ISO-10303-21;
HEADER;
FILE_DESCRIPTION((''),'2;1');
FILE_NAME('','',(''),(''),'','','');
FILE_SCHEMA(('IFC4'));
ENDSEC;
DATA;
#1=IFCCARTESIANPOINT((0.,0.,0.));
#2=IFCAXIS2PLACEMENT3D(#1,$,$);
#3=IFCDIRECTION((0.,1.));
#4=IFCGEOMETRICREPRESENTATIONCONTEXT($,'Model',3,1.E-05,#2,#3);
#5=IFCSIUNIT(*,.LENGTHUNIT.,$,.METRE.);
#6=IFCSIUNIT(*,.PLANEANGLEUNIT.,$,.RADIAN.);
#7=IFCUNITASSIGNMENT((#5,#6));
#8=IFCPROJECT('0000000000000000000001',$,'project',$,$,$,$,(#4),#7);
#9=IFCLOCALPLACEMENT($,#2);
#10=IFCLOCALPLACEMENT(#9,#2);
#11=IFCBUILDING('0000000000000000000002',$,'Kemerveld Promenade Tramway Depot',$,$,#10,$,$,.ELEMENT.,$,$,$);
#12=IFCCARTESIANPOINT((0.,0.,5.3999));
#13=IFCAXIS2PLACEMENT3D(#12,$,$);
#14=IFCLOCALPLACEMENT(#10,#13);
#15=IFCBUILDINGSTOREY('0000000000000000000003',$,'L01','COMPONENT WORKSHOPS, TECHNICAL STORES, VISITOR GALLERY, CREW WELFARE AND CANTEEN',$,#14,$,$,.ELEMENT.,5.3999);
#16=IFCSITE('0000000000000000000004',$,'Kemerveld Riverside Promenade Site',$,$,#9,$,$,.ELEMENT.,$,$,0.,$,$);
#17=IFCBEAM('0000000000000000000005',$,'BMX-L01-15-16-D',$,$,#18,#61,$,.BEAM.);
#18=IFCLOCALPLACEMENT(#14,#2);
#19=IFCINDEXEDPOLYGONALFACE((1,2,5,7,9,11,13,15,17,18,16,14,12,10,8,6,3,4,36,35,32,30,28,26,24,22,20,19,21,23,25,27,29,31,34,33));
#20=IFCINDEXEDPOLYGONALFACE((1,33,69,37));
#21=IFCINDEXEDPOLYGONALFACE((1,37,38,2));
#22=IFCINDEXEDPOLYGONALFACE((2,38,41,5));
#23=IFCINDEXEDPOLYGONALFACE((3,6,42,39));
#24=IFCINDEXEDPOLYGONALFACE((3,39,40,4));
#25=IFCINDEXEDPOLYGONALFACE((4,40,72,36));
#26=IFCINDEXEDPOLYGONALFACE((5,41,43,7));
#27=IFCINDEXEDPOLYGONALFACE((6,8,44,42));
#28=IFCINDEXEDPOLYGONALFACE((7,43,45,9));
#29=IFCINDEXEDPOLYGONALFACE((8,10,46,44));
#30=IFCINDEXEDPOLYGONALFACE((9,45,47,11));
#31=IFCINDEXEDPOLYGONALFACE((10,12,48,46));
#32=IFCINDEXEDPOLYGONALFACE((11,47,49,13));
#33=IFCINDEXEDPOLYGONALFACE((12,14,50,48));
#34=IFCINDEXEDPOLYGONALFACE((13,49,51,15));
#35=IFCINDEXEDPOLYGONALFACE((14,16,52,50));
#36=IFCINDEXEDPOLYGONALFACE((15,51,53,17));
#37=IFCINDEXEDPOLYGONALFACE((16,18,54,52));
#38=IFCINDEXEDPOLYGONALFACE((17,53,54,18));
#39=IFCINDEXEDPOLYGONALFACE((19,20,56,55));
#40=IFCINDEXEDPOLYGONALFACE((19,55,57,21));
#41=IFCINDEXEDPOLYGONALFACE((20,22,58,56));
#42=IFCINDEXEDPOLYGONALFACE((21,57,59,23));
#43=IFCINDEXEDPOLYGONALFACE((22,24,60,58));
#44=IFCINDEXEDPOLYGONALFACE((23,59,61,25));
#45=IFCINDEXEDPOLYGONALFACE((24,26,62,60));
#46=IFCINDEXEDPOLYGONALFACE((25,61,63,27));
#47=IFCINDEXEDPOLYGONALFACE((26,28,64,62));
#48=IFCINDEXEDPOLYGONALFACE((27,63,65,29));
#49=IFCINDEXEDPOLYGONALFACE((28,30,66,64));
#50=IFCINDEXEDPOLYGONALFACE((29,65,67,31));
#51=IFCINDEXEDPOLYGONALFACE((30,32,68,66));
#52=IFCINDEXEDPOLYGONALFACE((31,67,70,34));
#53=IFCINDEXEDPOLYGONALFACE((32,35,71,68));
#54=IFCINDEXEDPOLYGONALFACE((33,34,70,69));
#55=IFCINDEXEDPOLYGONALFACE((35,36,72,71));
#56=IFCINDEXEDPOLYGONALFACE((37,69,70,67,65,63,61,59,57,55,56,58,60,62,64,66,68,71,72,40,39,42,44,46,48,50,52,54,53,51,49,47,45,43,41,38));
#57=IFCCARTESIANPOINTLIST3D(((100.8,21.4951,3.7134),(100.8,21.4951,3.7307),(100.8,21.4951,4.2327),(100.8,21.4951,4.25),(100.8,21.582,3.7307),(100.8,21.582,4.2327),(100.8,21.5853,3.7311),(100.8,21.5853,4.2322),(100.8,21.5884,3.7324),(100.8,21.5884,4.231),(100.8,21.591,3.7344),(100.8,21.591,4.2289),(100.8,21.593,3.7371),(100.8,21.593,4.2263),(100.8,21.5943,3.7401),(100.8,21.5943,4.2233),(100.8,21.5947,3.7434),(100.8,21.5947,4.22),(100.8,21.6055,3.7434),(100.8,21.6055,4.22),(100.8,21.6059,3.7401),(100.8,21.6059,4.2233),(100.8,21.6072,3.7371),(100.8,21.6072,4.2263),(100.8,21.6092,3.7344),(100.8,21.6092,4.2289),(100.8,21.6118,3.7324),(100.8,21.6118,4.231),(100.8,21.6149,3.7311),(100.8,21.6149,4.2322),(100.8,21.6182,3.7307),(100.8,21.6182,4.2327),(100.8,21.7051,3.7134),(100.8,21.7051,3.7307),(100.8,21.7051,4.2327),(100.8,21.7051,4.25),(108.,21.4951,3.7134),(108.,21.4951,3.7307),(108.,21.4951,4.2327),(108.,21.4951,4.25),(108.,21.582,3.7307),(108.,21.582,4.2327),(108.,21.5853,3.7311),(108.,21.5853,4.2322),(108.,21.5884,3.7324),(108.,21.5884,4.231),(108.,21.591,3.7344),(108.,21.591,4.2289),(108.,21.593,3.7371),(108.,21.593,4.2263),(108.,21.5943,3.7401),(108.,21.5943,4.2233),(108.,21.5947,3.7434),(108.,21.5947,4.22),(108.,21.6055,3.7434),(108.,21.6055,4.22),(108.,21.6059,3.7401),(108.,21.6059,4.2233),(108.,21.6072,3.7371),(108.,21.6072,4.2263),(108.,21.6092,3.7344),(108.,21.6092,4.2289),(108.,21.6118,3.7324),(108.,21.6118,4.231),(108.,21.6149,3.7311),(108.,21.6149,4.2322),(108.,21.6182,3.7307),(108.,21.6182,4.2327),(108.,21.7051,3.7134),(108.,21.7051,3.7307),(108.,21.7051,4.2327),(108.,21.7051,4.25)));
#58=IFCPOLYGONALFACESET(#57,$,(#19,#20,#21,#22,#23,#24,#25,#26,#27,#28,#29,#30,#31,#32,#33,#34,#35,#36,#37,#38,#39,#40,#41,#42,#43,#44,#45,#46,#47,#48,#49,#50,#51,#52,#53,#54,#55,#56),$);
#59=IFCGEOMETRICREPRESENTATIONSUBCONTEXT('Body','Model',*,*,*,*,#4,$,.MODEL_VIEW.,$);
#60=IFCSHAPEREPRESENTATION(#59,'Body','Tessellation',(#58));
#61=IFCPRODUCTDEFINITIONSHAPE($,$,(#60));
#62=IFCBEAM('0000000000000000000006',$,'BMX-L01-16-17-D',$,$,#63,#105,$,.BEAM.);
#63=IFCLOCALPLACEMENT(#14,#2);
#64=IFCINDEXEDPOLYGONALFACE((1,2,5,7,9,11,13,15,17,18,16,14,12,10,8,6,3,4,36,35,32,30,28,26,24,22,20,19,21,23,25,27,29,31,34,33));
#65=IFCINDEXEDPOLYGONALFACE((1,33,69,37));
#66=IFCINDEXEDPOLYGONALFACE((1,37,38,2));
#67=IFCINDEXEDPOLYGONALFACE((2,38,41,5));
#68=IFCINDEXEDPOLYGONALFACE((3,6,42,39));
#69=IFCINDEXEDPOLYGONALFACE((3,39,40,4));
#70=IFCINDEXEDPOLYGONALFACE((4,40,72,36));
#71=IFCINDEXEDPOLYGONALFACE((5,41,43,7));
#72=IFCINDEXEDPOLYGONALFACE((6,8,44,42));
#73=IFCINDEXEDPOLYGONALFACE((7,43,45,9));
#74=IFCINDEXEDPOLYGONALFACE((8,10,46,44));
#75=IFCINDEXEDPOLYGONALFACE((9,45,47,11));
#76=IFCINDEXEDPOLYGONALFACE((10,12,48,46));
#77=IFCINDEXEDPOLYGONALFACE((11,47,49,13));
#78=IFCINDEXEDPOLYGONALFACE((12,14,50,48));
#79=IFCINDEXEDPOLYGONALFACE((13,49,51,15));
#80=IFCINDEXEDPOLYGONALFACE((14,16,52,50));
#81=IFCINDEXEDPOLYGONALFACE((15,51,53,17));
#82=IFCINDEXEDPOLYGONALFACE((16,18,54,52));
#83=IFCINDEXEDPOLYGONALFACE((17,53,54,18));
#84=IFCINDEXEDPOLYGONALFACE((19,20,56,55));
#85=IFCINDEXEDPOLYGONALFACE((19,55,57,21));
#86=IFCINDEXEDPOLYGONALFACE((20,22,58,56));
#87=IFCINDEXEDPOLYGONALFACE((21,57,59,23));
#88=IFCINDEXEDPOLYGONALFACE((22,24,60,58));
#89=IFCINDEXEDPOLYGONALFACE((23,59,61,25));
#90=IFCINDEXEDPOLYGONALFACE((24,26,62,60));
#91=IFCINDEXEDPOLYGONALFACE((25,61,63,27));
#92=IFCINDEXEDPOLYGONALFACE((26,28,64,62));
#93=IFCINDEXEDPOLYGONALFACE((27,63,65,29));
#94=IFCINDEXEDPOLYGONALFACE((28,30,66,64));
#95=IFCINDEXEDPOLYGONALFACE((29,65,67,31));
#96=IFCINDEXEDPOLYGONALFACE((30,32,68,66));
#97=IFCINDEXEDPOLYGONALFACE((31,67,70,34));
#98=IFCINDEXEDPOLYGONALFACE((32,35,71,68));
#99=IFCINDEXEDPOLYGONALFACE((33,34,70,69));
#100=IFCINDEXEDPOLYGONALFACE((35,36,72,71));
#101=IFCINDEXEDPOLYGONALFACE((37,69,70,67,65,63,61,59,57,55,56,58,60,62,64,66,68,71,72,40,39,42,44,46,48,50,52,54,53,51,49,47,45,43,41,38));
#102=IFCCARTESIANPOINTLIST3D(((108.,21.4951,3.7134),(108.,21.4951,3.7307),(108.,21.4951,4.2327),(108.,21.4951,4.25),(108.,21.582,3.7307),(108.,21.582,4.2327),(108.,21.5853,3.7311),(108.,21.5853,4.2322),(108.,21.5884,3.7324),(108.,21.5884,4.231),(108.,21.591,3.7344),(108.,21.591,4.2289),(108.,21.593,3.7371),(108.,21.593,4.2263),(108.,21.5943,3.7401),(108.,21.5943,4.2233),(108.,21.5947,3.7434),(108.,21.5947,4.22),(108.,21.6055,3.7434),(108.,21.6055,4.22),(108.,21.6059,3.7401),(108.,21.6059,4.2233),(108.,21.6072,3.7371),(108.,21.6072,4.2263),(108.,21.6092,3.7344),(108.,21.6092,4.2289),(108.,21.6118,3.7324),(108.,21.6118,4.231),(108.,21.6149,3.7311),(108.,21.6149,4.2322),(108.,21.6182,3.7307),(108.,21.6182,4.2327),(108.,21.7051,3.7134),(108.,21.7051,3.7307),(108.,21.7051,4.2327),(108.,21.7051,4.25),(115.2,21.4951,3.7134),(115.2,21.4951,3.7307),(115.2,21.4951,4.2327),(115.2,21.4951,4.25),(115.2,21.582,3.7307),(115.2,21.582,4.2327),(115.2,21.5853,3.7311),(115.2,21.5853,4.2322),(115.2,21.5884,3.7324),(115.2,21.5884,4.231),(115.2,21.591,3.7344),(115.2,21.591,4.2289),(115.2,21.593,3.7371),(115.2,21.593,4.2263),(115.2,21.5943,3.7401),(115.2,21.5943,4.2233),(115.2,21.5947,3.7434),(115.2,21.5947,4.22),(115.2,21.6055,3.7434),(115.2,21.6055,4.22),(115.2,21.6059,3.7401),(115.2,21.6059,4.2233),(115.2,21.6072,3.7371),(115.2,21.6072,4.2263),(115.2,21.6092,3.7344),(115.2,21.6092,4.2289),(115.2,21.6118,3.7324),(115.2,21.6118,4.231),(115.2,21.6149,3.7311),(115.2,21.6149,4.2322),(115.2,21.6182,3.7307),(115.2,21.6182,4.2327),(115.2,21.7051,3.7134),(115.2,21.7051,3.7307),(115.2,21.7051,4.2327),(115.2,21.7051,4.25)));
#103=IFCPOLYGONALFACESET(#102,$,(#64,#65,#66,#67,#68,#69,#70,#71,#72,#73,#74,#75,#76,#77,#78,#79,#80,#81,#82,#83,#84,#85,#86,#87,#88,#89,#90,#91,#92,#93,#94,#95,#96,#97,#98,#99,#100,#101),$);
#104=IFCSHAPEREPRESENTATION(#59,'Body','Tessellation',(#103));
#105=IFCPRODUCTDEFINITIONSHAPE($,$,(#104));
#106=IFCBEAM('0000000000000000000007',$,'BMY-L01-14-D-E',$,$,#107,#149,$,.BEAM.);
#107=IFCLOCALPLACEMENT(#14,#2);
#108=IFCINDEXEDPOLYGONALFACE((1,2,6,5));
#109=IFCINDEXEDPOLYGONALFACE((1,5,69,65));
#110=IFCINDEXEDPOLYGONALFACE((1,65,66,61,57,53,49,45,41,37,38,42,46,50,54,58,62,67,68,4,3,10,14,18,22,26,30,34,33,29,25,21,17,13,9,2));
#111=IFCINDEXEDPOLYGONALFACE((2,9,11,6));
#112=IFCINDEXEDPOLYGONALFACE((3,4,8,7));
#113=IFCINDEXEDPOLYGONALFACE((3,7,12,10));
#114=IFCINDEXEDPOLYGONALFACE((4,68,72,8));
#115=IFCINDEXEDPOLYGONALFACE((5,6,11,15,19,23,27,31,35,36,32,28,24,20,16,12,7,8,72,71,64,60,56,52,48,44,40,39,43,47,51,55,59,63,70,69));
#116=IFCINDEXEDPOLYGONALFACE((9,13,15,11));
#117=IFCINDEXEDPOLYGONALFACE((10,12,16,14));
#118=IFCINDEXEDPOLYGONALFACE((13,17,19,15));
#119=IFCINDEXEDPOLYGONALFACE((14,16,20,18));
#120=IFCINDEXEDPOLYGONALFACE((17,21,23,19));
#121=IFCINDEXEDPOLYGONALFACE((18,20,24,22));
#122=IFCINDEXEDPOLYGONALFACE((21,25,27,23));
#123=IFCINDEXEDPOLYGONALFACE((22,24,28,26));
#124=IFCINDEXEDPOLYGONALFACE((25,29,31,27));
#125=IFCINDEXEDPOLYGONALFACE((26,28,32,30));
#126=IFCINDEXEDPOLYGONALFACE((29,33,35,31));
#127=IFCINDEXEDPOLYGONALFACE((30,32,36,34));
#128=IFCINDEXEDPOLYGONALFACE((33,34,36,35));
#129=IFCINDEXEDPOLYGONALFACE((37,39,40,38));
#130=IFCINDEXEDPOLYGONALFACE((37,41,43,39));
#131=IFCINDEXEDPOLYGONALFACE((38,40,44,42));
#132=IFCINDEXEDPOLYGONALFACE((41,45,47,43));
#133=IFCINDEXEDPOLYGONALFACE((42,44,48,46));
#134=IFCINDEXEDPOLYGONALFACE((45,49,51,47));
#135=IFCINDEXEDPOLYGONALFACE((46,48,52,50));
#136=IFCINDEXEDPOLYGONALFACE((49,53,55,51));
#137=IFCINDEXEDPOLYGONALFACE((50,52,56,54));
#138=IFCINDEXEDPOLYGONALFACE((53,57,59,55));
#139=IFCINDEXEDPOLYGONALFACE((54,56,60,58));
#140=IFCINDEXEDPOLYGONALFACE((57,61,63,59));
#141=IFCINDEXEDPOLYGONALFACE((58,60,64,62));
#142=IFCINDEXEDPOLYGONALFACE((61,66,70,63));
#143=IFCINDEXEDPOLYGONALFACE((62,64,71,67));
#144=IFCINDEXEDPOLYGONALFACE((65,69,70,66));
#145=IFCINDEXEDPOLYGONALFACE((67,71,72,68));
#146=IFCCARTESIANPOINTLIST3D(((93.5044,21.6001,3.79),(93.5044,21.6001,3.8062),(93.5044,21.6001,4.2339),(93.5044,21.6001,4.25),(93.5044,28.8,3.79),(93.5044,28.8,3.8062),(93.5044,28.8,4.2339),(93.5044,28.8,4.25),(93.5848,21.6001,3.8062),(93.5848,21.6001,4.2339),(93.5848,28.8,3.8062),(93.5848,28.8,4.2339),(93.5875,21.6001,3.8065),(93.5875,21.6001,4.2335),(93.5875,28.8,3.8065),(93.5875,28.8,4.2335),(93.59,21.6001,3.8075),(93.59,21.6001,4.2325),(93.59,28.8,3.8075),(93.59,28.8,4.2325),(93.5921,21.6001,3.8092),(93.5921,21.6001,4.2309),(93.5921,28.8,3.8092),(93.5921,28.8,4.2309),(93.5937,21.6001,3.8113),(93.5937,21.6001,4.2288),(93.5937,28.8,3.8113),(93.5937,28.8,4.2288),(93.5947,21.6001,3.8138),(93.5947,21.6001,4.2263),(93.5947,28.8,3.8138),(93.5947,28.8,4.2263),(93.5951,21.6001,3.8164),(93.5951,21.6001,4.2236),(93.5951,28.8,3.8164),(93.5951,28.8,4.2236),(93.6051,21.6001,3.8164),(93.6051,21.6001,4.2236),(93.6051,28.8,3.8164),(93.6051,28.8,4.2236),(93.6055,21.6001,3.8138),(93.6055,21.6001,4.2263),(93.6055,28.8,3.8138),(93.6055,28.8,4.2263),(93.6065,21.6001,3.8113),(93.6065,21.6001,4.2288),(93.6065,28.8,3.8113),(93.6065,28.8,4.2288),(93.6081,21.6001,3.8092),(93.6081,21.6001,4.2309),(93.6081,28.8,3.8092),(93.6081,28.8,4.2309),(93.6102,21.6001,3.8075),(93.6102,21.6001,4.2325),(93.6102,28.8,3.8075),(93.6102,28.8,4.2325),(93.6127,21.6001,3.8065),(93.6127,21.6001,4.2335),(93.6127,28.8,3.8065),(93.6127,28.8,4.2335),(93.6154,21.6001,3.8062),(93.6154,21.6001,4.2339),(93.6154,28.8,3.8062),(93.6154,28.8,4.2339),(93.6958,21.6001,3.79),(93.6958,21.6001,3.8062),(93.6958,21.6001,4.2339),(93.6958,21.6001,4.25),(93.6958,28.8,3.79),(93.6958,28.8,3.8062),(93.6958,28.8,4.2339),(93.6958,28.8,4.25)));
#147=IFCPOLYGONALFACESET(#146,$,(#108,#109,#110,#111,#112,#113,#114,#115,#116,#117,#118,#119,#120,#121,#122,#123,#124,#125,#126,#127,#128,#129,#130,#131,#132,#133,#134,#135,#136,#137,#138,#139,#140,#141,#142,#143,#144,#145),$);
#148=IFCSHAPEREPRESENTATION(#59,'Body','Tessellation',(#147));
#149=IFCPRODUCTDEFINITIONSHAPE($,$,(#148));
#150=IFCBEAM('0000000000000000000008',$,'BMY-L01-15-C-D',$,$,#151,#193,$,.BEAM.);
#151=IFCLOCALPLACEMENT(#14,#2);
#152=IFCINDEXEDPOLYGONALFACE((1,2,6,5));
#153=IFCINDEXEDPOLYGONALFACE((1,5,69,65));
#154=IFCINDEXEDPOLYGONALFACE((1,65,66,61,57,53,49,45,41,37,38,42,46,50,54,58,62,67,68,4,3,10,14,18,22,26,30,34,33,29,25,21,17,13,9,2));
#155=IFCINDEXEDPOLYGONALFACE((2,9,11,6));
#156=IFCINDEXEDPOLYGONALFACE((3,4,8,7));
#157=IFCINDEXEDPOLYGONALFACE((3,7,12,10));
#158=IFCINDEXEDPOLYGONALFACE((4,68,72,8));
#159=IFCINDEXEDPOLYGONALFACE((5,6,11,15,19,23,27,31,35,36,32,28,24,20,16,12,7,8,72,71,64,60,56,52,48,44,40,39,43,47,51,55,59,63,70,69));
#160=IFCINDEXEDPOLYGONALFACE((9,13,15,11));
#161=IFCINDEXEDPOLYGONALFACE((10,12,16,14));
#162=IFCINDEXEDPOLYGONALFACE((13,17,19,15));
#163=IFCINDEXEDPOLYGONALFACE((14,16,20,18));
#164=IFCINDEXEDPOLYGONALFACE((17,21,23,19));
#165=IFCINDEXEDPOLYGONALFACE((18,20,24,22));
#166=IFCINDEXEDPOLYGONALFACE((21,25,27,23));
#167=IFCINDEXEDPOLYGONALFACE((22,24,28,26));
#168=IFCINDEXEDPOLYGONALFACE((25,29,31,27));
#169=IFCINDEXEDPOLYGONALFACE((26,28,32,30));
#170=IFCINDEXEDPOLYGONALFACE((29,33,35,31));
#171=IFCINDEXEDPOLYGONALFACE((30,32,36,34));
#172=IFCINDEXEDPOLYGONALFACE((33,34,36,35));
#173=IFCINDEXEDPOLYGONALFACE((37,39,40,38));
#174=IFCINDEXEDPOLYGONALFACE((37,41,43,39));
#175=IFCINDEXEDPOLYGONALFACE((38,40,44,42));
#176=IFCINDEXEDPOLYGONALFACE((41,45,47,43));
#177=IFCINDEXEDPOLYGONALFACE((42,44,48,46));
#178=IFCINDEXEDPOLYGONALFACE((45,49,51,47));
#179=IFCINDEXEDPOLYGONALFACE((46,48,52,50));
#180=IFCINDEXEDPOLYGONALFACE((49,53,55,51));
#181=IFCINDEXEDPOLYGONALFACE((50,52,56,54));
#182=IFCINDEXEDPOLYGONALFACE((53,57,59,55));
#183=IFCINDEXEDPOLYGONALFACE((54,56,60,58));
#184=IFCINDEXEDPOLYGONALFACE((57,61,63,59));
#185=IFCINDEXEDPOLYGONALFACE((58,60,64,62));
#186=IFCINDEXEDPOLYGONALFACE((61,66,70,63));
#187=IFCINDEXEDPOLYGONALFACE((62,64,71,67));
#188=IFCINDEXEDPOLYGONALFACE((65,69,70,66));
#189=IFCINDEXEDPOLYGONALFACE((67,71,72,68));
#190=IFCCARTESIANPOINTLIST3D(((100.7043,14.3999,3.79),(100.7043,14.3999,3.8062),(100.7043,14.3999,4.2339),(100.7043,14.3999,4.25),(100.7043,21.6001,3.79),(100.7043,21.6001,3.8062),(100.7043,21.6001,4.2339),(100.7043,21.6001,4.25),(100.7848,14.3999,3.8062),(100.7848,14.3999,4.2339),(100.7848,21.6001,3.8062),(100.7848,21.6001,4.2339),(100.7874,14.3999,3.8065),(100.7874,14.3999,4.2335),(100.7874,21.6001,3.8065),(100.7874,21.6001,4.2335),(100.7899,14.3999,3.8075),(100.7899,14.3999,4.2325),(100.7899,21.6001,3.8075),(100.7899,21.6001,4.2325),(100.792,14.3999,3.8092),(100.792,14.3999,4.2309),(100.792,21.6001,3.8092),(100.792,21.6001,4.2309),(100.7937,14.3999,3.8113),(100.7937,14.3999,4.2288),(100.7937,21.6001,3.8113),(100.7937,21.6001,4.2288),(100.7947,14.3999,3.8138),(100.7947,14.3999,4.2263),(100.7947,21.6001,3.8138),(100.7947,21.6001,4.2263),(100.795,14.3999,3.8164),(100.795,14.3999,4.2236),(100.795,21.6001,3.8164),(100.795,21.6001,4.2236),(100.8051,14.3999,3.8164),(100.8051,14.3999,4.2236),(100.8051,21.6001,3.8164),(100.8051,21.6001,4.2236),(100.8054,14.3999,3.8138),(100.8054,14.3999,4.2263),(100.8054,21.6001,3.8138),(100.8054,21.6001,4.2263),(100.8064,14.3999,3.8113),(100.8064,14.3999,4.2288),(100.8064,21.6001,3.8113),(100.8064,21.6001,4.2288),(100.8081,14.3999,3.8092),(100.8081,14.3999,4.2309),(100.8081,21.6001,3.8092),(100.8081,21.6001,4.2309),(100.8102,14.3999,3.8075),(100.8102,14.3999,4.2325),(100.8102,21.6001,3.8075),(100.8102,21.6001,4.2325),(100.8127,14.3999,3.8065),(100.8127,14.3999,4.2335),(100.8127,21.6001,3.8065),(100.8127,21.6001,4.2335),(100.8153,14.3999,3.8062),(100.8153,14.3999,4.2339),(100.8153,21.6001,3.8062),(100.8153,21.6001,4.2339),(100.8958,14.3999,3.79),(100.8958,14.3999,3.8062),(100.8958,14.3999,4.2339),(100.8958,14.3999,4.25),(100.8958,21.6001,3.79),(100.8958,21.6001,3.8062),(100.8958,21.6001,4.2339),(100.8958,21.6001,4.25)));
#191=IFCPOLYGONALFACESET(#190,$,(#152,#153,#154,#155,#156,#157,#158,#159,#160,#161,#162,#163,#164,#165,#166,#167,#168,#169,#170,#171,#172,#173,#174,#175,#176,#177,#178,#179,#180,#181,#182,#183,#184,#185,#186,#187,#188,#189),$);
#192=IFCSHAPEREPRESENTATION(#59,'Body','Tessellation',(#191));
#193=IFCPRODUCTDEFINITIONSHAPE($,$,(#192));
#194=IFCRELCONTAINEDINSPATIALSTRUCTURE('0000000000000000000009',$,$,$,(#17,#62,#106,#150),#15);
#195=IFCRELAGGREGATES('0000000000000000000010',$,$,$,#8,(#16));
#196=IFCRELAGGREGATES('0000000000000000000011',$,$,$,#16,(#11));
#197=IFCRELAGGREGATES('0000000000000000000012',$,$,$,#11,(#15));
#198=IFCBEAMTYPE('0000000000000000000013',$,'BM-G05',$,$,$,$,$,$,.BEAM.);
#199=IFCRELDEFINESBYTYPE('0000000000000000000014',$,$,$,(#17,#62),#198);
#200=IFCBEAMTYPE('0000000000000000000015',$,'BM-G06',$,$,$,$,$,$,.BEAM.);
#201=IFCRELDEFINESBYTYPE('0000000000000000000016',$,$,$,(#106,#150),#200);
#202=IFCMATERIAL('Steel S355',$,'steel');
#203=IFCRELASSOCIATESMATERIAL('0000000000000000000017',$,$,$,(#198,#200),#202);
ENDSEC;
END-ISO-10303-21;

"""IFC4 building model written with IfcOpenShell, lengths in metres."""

from ifc_helpers import new_model, si_unit, direction, frame, origin, origin_2d, place, context, subcontext, project, spatial, i_section, extrude, material, material_profile, profile_set, type_object, element, save


model = new_model("IFC4")

# Units and contexts
model_context = context("Model", 3, precision=1e-05, world=origin(), true_north=direction((0.0, 1.0)))
body_context = subcontext(model_context, "Body", "Model", "MODEL_VIEW")
ifc_project = project(units=[si_unit("LENGTHUNIT", "METRE"), si_unit("PLANEANGLEUNIT", "RADIAN")], contexts=[model_context])

# Site, building, storey
site_placement = place(None, origin())
site = spatial("IfcSite", under=ifc_project, at=site_placement, Name="Kemerveld Riverside Promenade Site", CompositionType="ELEMENT", RefElevation=0.0)
building_placement = place(site_placement, origin())
building = spatial("IfcBuilding", under=site, at=building_placement, Name="Kemerveld Promenade Tramway Depot", CompositionType="ELEMENT")
storey_placement = place(building_placement, frame((0.0, 0.0, 5.3999)))
storey = spatial("IfcBuildingStorey", under=building, at=storey_placement, Name="L01", Description="COMPONENT WORKSHOPS, TECHNICAL STORES, VISITOR GALLERY, CREW WELFARE AND CANTEEN", CompositionType="ELEMENT", Elevation=5.3999)

# Shared definitions
ifc_material_1 = material(Name="Steel S355", Category="steel")

# Beams
ifc_material_profile_1 = material_profile(ifc_material_1, i_section(OverallWidth=0.21, OverallDepth=0.5366, WebThickness=0.0107, FlangeThickness=0.0173, FilletRadius=0.0127, at=origin_2d()), Name="533x210x101 UB")
ifc_profile_set_1 = profile_set([ifc_material_profile_1], Name="Steel S355")
beam_type_1 = type_object("IfcBeamType", Name="BM-G05", PredefinedType="BEAM", material=ifc_profile_set_1)
for number, where, z_axis, x_axis, name in (
    (1, (100.8, 21.6001, 3.9817), (1.0, 0.0, 0.0), (0.0, 1.0, 0.0), "BMX-L01-15-16-D"),
    (2, (108.0, 21.6001, 3.9817), (1.0, 0.0, 0.0), (0.0, 1.0, 0.0), "BMX-L01-16-17-D"),
):
    element("IfcBeam", number, at=place(storey_placement, frame(where, z_axis=z_axis, x_axis=x_axis)), inside=storey, type_object=beam_type_1, Name=name, PredefinedType="BEAM", context=body_context, shape_type="SweptSolid", body=[
        extrude(i_section(OverallWidth=0.21, OverallDepth=0.5366, WebThickness=0.0107, FlangeThickness=0.0173, FilletRadius=0.0127, at=origin_2d()), origin(), (0.0, 0.0, 1.0), 7.2),
    ])
ifc_material_profile_2 = material_profile(ifc_material_1, i_section(OverallWidth=0.1914, OverallDepth=0.46, WebThickness=0.01, FlangeThickness=0.0161, FilletRadius=0.0103, at=origin_2d()), Name="457x191x82 UB")
ifc_profile_set_2 = profile_set([ifc_material_profile_2], Name="Steel S355")
beam_type_2 = type_object("IfcBeamType", Name="BM-G06", PredefinedType="BEAM", material=ifc_profile_set_2)
beam_1_placement = place(storey_placement, frame((93.6001, 21.6001, 4.02), z_axis=(0.0, 1.0, 0.0), x_axis=(-1.0, 0.0, 0.0)))
element("IfcBeam", 3, at=beam_1_placement, inside=storey, type_object=beam_type_2, Name="BMY-L01-14-D-E", PredefinedType="BEAM", context=body_context, shape_type="SweptSolid", body=[
    extrude(i_section(OverallWidth=0.1914, OverallDepth=0.46, WebThickness=0.01, FlangeThickness=0.0161, FilletRadius=0.0103, at=origin_2d()), origin(), (0.0, 0.0, 1.0), 7.2),
])
beam_2_placement = place(storey_placement, frame((100.8, 14.3999, 4.02), z_axis=(0.0, 1.0, 0.0), x_axis=(-1.0, 0.0, 0.0)))
element("IfcBeam", 4, at=beam_2_placement, inside=storey, type_object=beam_type_2, Name="BMY-L01-15-C-D", PredefinedType="BEAM", context=body_context, shape_type="SweptSolid", body=[
    extrude(i_section(OverallWidth=0.1914, OverallDepth=0.46, WebThickness=0.01, FlangeThickness=0.0161, FilletRadius=0.0103, at=origin_2d()), origin(), (0.0, 0.0, 1.0), 7.2002),
])

save(model, "model.ifc")
